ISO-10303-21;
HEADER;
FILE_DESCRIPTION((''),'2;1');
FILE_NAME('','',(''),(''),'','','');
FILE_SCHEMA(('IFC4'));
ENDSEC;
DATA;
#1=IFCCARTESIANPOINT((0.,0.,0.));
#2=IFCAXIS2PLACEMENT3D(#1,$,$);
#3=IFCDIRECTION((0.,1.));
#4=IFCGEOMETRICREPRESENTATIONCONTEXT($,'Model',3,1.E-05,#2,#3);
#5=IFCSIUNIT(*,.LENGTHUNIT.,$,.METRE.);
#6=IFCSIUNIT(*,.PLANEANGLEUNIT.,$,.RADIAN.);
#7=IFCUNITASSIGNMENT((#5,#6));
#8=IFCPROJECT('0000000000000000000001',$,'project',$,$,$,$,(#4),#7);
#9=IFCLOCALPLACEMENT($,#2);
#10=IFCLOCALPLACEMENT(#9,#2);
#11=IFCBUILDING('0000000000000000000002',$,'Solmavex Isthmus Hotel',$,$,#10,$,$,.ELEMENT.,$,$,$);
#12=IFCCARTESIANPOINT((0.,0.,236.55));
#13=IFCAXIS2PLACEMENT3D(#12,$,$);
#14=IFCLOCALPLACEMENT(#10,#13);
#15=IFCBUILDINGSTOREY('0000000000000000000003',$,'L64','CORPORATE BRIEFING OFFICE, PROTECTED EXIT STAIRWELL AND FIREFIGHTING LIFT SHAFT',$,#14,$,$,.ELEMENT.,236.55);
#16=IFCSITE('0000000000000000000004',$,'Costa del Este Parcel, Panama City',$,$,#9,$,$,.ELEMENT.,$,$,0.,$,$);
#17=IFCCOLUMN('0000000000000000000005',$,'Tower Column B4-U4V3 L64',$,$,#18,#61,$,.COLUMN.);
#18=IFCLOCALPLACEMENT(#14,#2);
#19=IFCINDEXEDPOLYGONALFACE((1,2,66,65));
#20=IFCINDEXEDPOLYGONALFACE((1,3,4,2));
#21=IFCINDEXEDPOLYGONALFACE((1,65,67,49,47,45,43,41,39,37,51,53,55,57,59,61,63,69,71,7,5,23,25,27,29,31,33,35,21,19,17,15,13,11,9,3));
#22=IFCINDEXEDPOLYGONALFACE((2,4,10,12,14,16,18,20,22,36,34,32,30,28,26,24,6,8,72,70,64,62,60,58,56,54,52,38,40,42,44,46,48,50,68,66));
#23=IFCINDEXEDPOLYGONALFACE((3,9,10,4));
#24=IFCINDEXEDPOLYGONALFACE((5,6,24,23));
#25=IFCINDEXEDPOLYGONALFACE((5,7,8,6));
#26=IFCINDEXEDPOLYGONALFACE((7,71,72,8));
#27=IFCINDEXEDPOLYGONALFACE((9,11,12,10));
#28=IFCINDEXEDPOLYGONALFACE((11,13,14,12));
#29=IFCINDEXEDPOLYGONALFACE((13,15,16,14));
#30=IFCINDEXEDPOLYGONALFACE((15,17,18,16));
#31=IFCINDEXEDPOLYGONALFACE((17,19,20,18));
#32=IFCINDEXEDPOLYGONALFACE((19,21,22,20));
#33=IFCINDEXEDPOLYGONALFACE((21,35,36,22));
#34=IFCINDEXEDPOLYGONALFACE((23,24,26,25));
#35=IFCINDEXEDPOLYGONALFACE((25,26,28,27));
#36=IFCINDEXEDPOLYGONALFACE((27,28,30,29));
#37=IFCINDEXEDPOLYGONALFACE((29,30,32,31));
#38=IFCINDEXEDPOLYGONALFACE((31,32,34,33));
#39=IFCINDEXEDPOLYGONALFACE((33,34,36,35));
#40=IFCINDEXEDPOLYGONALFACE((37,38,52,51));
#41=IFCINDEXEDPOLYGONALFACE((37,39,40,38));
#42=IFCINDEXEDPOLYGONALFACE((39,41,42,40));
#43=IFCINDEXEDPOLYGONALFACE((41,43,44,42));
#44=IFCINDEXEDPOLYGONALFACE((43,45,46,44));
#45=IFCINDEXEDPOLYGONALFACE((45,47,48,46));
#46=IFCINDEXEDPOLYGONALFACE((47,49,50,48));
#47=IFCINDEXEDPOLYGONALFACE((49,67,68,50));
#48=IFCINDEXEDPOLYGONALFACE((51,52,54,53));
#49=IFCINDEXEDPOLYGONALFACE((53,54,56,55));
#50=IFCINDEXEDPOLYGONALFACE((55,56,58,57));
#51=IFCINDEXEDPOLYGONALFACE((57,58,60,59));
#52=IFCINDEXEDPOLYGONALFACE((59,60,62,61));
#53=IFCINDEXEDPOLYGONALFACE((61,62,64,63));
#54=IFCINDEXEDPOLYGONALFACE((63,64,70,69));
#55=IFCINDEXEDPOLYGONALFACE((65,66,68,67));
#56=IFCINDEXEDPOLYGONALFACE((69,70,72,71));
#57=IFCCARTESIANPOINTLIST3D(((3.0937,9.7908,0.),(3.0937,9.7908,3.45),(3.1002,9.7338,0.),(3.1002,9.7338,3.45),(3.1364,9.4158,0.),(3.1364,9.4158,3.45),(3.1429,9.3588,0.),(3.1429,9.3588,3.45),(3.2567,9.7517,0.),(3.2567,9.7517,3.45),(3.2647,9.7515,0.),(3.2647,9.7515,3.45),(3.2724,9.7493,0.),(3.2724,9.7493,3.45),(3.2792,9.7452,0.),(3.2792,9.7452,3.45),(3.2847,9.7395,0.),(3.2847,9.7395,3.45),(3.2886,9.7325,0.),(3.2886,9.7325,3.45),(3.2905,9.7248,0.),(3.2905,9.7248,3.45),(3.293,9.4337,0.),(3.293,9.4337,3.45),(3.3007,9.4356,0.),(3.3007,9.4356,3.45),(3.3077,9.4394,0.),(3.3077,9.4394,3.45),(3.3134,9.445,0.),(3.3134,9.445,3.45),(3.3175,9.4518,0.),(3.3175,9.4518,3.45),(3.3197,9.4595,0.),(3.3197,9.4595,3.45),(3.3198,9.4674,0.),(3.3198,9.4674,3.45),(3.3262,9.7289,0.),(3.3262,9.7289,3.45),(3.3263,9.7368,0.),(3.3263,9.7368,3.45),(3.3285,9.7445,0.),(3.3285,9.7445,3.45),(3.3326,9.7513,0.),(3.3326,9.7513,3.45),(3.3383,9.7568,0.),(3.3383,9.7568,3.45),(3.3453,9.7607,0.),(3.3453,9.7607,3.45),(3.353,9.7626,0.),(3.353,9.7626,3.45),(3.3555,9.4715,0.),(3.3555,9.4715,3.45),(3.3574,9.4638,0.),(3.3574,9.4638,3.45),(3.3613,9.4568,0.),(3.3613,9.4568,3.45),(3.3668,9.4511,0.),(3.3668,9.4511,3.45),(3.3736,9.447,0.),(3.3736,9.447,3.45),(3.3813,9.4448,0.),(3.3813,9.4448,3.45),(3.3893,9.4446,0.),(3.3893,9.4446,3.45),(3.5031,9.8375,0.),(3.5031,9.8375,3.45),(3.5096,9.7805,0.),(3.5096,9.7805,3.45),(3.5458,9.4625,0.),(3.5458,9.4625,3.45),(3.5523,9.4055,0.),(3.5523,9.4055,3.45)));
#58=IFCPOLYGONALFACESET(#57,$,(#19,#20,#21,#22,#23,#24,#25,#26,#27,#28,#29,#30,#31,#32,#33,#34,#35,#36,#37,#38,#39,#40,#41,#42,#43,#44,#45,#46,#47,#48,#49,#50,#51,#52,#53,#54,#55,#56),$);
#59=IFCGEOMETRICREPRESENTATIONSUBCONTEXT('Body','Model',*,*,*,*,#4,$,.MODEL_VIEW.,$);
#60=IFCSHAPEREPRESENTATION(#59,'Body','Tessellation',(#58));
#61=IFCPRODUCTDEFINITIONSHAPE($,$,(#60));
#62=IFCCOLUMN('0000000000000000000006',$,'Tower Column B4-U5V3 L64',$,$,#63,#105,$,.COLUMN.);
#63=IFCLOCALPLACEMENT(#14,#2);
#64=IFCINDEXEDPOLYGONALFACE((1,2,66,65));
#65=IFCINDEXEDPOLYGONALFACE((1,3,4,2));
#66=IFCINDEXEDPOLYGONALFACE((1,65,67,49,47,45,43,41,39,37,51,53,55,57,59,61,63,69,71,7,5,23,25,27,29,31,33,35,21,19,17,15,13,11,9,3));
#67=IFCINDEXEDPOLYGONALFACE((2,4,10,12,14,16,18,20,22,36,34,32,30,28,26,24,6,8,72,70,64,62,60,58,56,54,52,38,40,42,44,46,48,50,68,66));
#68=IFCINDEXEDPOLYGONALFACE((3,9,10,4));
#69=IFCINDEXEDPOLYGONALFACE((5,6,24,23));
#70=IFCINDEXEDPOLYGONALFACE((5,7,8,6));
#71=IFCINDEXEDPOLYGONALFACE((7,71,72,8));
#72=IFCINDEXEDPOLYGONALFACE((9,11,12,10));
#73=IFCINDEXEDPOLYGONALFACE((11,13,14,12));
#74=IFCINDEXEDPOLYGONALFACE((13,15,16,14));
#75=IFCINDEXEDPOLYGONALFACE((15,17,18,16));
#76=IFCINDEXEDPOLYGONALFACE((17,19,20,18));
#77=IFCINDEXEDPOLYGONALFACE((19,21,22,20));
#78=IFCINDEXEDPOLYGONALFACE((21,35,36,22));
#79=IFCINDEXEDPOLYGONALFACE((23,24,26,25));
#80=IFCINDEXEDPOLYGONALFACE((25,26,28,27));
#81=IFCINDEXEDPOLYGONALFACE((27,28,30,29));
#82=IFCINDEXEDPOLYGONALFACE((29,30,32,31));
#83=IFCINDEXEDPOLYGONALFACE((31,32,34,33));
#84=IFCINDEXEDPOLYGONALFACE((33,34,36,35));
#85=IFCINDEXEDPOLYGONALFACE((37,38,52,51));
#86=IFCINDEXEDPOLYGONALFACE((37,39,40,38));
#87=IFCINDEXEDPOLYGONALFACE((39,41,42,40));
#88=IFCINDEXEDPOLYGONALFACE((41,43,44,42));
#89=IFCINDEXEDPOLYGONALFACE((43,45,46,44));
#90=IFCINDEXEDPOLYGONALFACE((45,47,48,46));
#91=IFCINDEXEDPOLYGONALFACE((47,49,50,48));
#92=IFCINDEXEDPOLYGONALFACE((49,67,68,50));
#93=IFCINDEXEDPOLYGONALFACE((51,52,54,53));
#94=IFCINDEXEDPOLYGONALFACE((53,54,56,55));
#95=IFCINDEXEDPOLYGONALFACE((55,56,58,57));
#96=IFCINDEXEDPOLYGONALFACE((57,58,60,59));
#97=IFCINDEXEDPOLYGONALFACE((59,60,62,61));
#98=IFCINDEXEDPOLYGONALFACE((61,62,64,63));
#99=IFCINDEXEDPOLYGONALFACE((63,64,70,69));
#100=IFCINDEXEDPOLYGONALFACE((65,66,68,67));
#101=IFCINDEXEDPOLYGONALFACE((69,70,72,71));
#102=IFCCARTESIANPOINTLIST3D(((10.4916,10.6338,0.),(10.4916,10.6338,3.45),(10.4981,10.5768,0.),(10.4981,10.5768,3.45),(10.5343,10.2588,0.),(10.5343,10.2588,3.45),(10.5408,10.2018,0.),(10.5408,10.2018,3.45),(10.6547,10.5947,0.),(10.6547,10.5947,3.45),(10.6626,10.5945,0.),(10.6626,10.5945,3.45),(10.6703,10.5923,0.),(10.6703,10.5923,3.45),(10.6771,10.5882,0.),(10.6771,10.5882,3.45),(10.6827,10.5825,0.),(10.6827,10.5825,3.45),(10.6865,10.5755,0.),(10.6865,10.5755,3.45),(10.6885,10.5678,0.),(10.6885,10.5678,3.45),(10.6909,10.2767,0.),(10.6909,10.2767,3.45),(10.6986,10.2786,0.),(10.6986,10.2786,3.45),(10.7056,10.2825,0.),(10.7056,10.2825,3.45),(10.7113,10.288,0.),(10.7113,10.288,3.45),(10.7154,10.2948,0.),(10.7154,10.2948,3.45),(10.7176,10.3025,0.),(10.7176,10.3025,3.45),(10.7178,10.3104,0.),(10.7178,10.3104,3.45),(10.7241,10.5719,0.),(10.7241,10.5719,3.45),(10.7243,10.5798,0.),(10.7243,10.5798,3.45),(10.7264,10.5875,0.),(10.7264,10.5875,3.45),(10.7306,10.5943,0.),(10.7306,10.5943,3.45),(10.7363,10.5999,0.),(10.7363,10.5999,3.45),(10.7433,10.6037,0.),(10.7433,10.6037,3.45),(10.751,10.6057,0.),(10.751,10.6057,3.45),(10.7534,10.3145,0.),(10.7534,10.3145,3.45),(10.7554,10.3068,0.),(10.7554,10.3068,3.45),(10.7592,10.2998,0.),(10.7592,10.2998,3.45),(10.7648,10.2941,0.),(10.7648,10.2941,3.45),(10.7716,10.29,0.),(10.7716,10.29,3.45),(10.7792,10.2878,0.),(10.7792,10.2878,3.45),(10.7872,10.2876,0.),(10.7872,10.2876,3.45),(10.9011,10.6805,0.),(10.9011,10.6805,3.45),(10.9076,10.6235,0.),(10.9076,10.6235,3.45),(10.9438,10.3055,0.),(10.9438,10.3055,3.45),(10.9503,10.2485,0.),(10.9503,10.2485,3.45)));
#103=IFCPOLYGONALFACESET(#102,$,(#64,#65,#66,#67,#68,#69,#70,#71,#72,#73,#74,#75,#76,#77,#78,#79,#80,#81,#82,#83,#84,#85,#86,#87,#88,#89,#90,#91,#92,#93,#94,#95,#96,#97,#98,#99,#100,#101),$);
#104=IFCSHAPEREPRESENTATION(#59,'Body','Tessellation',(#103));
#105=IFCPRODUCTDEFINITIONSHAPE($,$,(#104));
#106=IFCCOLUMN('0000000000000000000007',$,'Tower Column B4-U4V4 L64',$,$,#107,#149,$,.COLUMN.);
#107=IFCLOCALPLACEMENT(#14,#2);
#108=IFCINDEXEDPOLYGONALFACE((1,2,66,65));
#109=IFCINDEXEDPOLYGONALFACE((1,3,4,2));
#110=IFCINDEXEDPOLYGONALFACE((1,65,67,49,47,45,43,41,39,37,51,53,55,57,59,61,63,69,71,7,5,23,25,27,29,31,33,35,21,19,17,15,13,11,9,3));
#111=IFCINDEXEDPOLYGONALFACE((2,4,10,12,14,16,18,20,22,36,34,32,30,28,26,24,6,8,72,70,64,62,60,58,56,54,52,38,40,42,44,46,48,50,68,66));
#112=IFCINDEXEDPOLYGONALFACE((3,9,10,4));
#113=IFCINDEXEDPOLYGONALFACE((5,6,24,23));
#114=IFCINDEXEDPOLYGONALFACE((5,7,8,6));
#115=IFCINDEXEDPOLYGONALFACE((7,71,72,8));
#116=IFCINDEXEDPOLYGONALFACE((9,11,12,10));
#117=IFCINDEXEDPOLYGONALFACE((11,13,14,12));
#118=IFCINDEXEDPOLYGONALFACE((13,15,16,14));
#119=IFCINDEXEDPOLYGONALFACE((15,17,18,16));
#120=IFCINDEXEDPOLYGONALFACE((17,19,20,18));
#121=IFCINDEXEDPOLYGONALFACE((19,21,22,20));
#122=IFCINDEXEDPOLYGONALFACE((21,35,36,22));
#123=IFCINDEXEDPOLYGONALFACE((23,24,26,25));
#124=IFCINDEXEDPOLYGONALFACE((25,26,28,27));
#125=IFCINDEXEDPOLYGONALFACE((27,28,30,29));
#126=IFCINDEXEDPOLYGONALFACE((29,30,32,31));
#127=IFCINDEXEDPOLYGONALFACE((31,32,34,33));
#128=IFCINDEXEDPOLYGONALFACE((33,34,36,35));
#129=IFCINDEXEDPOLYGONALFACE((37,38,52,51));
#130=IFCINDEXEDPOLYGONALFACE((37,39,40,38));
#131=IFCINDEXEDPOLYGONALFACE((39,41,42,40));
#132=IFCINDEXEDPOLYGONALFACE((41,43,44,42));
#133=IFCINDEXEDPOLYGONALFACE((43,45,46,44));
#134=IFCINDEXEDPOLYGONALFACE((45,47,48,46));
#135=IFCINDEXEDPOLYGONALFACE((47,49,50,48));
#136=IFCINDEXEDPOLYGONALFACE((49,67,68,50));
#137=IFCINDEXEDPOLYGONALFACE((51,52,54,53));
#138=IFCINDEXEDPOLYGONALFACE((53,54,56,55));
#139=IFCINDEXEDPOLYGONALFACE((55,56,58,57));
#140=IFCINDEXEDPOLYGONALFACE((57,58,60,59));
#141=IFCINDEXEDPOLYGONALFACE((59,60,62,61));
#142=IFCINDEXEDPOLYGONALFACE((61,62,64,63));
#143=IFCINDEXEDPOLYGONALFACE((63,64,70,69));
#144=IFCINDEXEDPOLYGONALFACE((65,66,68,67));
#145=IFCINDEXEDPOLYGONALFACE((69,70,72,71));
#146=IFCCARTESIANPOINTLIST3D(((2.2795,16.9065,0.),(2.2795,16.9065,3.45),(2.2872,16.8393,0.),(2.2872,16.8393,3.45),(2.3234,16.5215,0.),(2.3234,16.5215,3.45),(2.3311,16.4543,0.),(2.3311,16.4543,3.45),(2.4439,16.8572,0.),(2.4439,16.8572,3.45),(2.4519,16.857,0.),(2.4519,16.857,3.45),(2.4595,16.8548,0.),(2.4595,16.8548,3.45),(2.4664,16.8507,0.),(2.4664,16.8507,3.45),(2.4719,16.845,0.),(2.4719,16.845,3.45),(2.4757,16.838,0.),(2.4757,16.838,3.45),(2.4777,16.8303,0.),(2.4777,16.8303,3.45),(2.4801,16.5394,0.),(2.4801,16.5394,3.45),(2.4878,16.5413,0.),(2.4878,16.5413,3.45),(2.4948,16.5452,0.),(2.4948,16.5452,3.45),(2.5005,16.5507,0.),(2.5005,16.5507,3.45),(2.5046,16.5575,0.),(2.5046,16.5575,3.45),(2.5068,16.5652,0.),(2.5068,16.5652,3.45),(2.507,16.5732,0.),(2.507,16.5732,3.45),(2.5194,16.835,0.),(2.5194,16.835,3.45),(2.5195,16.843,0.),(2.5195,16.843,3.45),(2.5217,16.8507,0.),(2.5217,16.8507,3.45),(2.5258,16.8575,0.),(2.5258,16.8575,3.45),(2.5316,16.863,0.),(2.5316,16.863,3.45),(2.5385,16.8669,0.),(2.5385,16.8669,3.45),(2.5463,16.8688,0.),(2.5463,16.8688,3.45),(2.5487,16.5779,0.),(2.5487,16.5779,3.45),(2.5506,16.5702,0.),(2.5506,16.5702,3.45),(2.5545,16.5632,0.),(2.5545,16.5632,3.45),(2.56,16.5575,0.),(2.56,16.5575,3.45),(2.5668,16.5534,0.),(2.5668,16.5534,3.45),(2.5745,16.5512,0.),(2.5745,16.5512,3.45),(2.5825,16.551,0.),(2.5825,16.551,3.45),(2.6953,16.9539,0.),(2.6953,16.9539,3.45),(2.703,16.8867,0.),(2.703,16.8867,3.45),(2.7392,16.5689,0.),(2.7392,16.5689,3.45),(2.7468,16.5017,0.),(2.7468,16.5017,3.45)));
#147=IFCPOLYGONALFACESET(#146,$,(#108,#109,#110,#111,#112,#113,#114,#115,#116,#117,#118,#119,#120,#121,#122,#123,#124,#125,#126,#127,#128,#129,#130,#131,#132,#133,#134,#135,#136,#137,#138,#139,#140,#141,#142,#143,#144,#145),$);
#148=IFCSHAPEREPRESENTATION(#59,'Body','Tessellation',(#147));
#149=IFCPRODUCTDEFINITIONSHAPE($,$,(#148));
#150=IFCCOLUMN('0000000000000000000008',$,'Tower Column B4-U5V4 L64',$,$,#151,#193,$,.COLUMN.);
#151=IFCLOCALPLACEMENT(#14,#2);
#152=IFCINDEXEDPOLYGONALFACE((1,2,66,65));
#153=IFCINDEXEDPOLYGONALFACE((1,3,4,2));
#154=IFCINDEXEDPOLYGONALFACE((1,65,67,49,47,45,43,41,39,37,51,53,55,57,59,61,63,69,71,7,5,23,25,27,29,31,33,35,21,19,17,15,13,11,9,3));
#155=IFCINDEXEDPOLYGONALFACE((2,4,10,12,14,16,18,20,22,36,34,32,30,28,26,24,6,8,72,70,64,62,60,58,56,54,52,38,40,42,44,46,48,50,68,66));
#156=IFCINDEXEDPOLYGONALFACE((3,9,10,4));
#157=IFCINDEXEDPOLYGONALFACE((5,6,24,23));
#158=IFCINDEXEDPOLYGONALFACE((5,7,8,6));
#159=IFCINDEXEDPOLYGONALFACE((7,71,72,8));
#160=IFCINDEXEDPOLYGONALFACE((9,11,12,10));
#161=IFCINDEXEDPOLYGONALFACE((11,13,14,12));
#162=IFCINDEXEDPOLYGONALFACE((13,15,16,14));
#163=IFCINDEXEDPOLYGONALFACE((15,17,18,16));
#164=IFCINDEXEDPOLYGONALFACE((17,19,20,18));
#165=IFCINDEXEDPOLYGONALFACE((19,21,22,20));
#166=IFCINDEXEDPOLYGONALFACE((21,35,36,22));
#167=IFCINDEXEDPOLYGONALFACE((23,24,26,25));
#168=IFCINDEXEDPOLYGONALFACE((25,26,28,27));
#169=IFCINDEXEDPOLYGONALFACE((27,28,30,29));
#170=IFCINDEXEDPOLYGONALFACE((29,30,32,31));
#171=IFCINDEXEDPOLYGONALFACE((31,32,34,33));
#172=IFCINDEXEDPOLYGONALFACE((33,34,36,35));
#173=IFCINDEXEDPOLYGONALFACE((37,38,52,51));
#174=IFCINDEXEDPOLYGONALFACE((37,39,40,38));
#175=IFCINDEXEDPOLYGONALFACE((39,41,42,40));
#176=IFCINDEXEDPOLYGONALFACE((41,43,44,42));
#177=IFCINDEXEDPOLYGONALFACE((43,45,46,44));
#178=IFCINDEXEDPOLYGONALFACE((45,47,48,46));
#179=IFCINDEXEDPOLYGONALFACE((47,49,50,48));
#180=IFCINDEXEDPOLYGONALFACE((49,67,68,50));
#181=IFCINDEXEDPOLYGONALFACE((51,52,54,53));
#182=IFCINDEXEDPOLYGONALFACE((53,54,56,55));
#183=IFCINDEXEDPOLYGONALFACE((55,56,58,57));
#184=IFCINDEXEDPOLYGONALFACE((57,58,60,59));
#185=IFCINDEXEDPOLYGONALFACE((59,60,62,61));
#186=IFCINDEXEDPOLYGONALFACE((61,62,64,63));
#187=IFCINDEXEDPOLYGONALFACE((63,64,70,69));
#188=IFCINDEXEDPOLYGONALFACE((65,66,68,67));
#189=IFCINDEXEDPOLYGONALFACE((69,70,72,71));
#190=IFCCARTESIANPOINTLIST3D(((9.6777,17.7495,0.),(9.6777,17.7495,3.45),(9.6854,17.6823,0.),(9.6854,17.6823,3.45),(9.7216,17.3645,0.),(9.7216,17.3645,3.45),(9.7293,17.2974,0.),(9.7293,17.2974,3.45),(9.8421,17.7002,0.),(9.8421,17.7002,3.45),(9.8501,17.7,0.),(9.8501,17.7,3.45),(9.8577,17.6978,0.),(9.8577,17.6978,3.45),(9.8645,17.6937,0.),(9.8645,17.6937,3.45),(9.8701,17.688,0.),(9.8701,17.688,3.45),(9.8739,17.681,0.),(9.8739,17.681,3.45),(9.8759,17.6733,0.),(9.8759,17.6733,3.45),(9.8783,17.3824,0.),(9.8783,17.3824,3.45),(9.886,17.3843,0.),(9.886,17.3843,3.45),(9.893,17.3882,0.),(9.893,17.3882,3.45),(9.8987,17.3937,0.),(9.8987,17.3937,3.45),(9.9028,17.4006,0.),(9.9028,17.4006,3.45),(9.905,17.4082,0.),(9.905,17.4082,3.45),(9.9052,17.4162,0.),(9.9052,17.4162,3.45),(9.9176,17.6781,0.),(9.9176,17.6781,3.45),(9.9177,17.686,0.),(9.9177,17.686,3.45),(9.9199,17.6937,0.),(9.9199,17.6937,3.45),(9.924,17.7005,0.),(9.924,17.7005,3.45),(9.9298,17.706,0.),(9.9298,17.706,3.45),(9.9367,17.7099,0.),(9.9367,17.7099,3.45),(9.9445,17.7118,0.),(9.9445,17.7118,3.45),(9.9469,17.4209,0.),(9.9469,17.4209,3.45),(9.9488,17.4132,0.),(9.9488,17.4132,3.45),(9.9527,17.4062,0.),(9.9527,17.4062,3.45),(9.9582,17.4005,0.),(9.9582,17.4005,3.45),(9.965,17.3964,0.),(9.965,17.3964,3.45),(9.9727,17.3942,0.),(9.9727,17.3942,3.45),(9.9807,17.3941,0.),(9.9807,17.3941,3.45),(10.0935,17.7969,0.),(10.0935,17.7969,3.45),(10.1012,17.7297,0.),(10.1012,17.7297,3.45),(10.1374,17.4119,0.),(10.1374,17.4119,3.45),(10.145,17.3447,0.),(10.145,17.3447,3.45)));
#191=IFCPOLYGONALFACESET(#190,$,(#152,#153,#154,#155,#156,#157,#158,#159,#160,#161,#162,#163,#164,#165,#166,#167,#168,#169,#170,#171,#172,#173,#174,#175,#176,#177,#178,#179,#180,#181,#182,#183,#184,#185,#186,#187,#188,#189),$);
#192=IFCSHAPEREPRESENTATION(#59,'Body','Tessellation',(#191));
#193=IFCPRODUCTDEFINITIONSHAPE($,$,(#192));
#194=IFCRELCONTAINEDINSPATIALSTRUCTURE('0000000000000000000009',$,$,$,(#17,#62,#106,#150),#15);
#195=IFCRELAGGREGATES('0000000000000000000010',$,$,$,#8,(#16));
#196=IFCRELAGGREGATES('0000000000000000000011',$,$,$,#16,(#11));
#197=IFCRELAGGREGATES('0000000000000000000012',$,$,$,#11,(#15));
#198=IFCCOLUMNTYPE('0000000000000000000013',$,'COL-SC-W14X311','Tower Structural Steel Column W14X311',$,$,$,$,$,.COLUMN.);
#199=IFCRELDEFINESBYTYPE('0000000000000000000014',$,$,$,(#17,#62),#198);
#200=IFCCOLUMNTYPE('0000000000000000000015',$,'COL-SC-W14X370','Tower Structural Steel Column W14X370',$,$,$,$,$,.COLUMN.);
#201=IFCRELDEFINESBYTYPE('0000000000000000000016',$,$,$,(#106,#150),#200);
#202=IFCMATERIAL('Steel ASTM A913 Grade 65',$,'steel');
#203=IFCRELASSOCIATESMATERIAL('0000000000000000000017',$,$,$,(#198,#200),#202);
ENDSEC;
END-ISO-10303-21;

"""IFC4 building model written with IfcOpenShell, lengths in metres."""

from ifc_helpers import new_model, si_unit, direction, frame, origin, origin_2d, place, context, subcontext, project, spatial, i_section, extrude, material, material_profile, profile_set, type_object, element, save


model = new_model("IFC4")

# Units and contexts
model_context = context("Model", 3, precision=1e-05, world=origin(), true_north=direction((0.0, 1.0)))
body_context = subcontext(model_context, "Body", "Model", "MODEL_VIEW")
ifc_project = project(units=[si_unit("LENGTHUNIT", "METRE"), si_unit("PLANEANGLEUNIT", "RADIAN")], contexts=[model_context])

# Site, building, storey
site_placement = place(None, origin())
site = spatial("IfcSite", under=ifc_project, at=site_placement, Name="Costa del Este Parcel, Panama City", CompositionType="ELEMENT", RefElevation=0.0)
building_placement = place(site_placement, origin())
building = spatial("IfcBuilding", under=site, at=building_placement, Name="Solmavex Isthmus Hotel", CompositionType="ELEMENT")
storey_placement = place(building_placement, frame((0.0, 0.0, 236.55)))
storey = spatial("IfcBuildingStorey", under=building, at=storey_placement, Name="L64", Description="CORPORATE BRIEFING OFFICE, PROTECTED EXIT STAIRWELL AND FIREFIGHTING LIFT SHAFT", CompositionType="ELEMENT", Elevation=236.55)

# Columns
ifc_material_1 = material(Name="Steel ASTM A913 Grade 65", Category="steel")
ifc_material_profile_1 = material_profile(ifc_material_1, i_section(OverallWidth=0.4121, OverallDepth=0.4348, WebThickness=0.0359, FlangeThickness=0.0574, FilletRadius=0.0305, at=origin_2d()), Name="W14X311")
ifc_profile_set_1 = profile_set([ifc_material_profile_1], Name="Steel ASTM A913 Grade 65")
column_type_1 = type_object("IfcColumnType", Name="COL-SC-W14X311", Description="Tower Structural Steel Column W14X311", PredefinedType="COLUMN", material=ifc_profile_set_1)
for number, where, z_axis, x_axis, name in (
    (1, (3.323, 9.5981, 0.0), (0.0, 0.0, 1.0), (0.993572, 0.113203, 0.0), "Tower Column B4-U4V3 L64"),
    (2, (10.7209, 10.4412, 0.0), (0.0, 0.0, 1.0), (0.993572, 0.113203, 0.0), "Tower Column B4-U5V3 L64"),
):
    element("IfcColumn", number, at=place(storey_placement, frame(where, z_axis=z_axis, x_axis=x_axis)), inside=storey, type_object=column_type_1, Name=name, PredefinedType="COLUMN", context=body_context, shape_type="SweptSolid", body=[
        extrude(i_section(OverallWidth=0.4121, OverallDepth=0.4348, WebThickness=0.0359, FlangeThickness=0.0574, FilletRadius=0.0305, at=origin_2d()), origin(), (0.0, 0.0, 1.0), 3.45),
    ])
ifc_material_profile_2 = material_profile(ifc_material_1, i_section(OverallWidth=0.4185, OverallDepth=0.4551, WebThickness=0.042, FlangeThickness=0.0676, FilletRadius=0.0305, at=origin_2d()), Name="W14X370")
ifc_profile_set_2 = profile_set([ifc_material_profile_2], Name="Steel ASTM A913 Grade 65")
column_type_2 = type_object("IfcColumnType", Name="COL-SC-W14X370", Description="Tower Structural Steel Column W14X370", PredefinedType="COLUMN", material=ifc_profile_set_2)
for number, where, z_axis, x_axis, name in (
    (3, (2.5132, 16.7041, 0.0), (0.0, 0.0, 1.0), (0.993572, 0.113203, 0.0), "Tower Column B4-U4V4 L64"),
    (4, (9.9114, 17.5471, 0.0), (0.0, 0.0, 1.0), (0.993572, 0.113203, 0.0), "Tower Column B4-U5V4 L64"),
):
    element("IfcColumn", number, at=place(storey_placement, frame(where, z_axis=z_axis, x_axis=x_axis)), inside=storey, type_object=column_type_2, Name=name, PredefinedType="COLUMN", context=body_context, shape_type="SweptSolid", body=[
        extrude(i_section(OverallWidth=0.4185, OverallDepth=0.4551, WebThickness=0.042, FlangeThickness=0.0676, FilletRadius=0.0305, at=origin_2d()), origin(), (0.0, 0.0, 1.0), 3.45),
    ])

save(model, "model.ifc")
